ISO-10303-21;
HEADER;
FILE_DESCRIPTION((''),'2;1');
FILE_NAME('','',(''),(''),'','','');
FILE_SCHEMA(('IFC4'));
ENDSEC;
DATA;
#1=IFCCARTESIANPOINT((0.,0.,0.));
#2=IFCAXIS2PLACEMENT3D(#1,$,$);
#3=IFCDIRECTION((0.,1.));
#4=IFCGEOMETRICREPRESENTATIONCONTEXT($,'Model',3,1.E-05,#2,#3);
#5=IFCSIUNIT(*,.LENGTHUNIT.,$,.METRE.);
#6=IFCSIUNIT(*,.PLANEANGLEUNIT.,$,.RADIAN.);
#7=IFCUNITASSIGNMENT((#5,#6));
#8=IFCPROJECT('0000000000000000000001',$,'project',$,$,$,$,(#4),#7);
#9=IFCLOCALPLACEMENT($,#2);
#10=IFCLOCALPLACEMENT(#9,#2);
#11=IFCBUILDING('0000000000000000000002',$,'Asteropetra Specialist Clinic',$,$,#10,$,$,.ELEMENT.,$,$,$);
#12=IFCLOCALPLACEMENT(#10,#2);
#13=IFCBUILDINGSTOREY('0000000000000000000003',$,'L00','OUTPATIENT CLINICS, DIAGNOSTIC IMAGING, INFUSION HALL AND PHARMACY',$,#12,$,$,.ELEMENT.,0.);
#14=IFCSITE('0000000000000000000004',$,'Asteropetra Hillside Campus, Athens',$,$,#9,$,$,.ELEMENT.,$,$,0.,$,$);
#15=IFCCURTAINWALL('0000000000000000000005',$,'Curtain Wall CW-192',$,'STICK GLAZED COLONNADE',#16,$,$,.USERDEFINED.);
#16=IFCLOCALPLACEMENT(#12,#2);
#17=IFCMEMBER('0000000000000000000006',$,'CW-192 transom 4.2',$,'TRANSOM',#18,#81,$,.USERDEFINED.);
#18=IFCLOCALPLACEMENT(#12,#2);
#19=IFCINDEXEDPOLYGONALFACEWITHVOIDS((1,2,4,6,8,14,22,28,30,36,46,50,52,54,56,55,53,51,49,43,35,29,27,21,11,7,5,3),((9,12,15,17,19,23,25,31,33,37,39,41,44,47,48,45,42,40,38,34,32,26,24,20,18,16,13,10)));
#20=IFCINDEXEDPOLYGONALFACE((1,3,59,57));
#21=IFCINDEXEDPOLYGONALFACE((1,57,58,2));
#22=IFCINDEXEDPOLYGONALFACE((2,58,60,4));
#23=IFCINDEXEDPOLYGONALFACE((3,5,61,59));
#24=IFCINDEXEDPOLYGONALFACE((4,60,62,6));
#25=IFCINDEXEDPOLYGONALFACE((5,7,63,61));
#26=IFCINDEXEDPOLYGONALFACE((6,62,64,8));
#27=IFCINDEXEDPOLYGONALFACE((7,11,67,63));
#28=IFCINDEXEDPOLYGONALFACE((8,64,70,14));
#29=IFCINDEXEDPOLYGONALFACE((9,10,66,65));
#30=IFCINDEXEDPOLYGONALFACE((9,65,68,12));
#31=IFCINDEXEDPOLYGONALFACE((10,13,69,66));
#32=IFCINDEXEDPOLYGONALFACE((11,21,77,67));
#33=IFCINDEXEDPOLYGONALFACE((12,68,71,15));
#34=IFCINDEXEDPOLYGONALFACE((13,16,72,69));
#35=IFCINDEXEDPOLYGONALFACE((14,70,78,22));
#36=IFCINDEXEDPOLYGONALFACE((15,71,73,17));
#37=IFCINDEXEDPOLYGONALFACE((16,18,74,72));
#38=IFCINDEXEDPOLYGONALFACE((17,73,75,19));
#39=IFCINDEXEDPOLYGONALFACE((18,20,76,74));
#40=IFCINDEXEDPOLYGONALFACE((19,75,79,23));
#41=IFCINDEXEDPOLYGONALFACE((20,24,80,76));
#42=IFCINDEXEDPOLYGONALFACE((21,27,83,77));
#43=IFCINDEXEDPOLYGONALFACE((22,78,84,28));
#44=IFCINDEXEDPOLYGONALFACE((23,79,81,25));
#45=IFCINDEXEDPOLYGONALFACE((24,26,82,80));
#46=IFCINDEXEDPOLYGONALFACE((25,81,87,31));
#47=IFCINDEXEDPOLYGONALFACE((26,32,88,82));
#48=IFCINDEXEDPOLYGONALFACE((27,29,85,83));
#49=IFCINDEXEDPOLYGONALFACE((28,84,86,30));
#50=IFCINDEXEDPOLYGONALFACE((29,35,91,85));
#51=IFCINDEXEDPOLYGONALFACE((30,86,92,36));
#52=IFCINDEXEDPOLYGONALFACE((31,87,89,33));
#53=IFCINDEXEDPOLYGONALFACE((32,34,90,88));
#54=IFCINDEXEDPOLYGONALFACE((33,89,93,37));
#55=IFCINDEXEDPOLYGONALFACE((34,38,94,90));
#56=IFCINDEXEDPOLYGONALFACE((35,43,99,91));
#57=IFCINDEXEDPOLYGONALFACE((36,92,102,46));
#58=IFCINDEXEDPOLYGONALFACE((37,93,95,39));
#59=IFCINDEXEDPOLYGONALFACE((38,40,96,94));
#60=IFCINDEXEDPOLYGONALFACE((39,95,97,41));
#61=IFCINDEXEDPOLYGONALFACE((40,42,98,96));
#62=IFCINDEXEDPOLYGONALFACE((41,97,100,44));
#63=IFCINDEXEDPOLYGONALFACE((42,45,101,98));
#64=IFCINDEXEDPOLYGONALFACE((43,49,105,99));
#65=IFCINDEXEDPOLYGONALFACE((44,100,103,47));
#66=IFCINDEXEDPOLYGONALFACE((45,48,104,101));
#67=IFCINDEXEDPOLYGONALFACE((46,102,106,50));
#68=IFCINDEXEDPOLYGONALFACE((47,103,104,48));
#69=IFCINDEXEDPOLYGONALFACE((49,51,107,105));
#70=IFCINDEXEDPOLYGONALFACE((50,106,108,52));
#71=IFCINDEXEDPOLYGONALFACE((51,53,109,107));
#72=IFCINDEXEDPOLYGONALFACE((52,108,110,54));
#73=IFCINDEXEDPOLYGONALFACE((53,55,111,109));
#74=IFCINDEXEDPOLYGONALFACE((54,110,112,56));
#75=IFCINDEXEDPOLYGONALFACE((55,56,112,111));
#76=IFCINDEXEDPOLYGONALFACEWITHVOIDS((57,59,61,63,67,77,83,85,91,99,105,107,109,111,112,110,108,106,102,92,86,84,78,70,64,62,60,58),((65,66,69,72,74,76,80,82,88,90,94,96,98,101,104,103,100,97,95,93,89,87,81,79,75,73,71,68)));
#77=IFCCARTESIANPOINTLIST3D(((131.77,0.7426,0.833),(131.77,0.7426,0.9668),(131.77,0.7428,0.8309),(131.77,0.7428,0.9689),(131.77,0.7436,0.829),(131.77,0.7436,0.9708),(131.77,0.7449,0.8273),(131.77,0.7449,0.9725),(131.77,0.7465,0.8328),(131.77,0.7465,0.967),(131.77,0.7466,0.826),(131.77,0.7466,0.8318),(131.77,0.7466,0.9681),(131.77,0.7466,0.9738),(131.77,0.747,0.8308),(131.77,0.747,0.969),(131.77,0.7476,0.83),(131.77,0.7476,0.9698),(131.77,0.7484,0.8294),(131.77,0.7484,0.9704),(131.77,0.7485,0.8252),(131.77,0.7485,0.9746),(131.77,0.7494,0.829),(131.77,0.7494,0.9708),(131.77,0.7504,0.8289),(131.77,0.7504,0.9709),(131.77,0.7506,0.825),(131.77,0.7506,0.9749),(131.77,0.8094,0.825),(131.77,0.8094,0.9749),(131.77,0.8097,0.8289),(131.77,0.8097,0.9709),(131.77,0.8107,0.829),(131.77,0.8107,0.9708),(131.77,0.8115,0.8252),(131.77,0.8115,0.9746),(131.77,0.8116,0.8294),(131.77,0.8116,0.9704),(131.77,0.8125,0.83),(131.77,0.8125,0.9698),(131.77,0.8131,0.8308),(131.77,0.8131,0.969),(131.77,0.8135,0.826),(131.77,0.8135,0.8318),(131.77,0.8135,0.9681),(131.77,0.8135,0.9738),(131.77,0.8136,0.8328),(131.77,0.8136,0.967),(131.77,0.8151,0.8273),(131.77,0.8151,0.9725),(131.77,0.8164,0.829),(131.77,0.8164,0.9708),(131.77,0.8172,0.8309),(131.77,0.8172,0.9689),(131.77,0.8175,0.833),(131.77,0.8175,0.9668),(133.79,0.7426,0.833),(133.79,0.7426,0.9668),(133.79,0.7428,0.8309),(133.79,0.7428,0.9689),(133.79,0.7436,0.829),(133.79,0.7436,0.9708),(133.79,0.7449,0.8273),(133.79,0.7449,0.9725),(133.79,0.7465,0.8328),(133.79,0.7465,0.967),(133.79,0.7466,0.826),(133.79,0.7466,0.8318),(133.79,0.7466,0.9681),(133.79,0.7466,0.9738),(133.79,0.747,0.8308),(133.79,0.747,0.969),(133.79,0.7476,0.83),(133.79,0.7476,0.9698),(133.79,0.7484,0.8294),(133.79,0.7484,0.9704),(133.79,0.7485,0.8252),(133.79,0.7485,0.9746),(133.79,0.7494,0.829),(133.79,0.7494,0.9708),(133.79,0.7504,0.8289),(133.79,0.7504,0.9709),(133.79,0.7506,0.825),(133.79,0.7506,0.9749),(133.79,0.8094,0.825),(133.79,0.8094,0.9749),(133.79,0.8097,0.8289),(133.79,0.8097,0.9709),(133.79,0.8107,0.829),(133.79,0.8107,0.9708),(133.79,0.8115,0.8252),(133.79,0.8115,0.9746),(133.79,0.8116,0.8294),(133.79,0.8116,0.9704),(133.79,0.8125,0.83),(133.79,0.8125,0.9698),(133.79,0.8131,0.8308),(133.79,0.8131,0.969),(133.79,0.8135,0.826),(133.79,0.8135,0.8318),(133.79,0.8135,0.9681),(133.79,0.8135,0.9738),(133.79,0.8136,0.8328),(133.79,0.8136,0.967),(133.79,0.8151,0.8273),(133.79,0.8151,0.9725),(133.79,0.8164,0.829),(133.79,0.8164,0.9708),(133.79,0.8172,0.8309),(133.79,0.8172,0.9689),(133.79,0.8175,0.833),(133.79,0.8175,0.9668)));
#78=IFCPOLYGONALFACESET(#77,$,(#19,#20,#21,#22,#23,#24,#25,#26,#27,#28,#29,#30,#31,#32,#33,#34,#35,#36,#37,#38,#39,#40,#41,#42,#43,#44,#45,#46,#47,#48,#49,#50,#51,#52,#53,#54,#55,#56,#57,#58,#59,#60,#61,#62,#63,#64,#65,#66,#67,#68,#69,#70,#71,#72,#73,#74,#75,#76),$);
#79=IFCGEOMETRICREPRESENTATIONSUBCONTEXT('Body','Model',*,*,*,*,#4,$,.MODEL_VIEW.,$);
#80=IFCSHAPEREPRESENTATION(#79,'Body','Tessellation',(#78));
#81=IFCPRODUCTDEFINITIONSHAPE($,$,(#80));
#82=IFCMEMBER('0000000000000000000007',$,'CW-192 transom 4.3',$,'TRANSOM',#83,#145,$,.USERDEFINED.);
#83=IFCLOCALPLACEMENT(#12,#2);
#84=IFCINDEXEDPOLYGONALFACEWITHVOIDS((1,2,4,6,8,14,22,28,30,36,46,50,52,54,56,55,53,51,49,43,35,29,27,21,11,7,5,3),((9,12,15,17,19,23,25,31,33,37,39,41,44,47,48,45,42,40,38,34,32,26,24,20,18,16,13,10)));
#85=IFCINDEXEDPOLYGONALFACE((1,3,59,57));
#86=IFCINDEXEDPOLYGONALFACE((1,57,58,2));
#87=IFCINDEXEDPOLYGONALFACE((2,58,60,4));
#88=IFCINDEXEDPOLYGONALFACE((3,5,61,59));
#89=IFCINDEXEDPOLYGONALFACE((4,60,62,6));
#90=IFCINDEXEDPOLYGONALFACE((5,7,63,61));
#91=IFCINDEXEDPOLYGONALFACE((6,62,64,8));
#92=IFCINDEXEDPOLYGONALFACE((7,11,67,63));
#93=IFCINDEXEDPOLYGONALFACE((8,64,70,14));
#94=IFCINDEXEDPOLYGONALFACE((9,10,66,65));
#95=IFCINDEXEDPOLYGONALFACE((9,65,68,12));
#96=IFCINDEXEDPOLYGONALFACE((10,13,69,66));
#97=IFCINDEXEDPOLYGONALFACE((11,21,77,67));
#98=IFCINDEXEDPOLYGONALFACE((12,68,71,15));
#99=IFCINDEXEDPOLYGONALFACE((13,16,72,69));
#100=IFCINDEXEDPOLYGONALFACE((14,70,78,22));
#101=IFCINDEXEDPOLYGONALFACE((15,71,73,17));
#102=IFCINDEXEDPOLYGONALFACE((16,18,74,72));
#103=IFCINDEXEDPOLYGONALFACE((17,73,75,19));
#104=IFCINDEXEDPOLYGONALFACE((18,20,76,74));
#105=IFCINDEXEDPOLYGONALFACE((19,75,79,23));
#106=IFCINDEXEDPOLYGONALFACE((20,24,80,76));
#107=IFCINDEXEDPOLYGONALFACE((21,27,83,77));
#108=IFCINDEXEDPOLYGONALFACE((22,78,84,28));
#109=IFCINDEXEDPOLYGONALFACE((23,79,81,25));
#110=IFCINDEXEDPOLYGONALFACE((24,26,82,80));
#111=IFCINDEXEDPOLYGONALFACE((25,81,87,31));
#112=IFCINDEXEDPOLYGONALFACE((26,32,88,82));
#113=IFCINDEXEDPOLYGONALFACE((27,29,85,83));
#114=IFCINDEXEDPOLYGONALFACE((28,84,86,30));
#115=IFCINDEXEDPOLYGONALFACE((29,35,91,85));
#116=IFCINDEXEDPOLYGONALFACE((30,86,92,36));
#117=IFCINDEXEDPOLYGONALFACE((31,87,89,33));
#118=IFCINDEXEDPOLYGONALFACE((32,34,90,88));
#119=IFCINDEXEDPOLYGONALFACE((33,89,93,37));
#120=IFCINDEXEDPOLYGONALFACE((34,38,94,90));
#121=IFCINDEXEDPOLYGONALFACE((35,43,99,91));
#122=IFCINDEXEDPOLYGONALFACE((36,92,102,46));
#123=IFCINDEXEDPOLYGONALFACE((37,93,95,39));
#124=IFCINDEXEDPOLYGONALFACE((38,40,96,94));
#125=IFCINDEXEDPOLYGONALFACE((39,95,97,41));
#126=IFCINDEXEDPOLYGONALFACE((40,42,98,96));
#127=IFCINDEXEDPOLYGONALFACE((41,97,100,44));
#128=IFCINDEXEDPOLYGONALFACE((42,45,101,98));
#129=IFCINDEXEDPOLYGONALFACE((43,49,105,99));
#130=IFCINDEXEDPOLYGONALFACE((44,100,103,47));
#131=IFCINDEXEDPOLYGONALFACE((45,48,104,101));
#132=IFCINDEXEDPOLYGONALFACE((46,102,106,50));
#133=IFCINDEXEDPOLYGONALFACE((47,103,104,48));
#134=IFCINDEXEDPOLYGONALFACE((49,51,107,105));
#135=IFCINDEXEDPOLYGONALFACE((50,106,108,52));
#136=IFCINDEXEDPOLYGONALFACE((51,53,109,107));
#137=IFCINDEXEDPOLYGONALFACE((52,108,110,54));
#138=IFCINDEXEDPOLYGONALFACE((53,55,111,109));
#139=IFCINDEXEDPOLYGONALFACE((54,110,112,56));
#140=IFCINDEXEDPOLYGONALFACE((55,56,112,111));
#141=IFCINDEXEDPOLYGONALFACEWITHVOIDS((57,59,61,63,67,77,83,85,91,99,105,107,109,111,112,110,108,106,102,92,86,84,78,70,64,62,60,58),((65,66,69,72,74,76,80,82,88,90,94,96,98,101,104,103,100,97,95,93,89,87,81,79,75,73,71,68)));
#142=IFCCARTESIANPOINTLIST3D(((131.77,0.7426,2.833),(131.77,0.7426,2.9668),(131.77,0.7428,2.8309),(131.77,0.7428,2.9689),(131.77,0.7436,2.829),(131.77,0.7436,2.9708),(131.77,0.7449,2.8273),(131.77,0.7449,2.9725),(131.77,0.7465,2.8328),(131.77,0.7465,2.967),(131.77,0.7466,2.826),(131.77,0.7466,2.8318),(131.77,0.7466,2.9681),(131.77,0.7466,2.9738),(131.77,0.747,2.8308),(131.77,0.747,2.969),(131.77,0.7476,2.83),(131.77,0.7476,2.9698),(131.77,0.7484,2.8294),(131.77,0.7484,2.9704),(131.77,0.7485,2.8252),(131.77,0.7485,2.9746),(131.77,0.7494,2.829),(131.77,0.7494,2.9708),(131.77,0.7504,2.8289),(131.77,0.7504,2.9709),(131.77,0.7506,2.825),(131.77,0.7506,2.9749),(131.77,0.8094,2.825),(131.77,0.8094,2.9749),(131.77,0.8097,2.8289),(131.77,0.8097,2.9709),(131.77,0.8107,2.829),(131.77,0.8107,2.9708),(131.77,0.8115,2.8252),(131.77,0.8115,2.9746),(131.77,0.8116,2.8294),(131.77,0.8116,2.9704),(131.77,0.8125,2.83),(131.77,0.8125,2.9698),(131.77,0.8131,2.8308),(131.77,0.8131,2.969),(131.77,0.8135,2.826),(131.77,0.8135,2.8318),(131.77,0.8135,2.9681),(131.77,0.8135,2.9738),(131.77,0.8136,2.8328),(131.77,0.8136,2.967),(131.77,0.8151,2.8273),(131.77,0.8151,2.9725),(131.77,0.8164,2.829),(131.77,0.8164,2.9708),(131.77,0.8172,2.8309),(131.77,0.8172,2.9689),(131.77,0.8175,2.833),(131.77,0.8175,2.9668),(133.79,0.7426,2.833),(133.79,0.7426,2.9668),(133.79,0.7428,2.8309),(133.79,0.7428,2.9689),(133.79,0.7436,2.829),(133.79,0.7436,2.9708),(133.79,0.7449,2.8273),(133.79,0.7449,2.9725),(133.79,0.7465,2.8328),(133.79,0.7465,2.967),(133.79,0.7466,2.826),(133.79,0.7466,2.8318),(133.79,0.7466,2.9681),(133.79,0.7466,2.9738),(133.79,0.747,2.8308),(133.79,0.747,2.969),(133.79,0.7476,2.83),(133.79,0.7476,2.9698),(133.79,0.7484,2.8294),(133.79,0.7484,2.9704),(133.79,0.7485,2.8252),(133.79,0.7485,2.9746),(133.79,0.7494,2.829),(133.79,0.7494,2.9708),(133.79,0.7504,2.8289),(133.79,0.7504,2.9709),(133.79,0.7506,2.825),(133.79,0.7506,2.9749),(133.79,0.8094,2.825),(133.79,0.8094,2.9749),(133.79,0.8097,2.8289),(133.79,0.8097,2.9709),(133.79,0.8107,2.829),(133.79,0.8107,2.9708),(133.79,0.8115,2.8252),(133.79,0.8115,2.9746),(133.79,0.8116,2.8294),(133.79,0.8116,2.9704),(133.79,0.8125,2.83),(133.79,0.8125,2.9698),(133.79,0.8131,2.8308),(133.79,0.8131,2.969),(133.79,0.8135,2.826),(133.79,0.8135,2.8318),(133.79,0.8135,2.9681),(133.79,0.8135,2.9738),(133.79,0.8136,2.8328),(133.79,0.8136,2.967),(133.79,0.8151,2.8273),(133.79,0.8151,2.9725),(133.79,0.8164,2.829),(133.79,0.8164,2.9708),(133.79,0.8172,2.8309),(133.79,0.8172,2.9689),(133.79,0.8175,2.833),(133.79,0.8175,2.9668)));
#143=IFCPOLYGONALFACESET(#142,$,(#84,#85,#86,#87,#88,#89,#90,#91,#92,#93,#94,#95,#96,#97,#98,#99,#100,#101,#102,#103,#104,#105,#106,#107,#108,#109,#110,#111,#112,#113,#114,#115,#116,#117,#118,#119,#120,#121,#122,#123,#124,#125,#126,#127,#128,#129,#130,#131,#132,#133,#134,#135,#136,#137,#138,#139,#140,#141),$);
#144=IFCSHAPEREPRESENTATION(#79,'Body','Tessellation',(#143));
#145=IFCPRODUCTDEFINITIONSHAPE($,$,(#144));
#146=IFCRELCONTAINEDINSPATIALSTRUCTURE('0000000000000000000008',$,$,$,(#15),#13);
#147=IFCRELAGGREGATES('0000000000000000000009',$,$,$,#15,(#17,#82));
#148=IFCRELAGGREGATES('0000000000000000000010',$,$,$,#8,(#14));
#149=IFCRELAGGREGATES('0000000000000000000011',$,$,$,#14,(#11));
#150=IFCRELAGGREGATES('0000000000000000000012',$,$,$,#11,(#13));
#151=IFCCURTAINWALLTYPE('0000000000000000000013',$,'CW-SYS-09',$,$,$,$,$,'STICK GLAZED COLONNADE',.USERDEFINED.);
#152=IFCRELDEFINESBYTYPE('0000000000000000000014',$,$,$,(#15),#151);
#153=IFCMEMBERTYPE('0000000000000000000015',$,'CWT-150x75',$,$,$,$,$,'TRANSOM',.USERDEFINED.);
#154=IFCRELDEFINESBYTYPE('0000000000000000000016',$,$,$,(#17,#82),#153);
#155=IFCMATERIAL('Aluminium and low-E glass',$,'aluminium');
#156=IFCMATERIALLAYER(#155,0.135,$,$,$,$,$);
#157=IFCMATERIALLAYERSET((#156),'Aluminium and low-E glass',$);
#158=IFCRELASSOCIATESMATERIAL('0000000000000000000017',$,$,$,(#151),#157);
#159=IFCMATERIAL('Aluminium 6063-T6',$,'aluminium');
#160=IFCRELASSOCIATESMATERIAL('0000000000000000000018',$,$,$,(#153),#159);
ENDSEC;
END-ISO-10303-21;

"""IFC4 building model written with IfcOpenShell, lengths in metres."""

from ifc_helpers import new_model, si_unit, direction, frame, origin, origin_2d, place, context, subcontext, project, spatial, hollow_rectangle, extrude, material, layer, layer_set, material_profile, profile_set, type_object, element, aggregate, save


model = new_model("IFC4")

# Units and contexts
model_context = context("Model", 3, precision=1e-05, world=origin(), true_north=direction((0.0, 1.0)))
body_context = subcontext(model_context, "Body", "Model", "MODEL_VIEW")
ifc_project = project(units=[si_unit("LENGTHUNIT", "METRE"), si_unit("PLANEANGLEUNIT", "RADIAN")], contexts=[model_context])

# Site, building, storey
site_placement = place(None, origin())
site = spatial("IfcSite", under=ifc_project, at=site_placement, Name="Asteropetra Hillside Campus, Athens", CompositionType="ELEMENT", RefElevation=0.0)
building_placement = place(site_placement, origin())
building = spatial("IfcBuilding", under=site, at=building_placement, Name="Asteropetra Specialist Clinic", CompositionType="ELEMENT")
storey_placement = place(building_placement, origin())
storey = spatial("IfcBuildingStorey", under=building, at=storey_placement, Name="L00", Description="OUTPATIENT CLINICS, DIAGNOSTIC IMAGING, INFUSION HALL AND PHARMACY", CompositionType="ELEMENT", Elevation=0.0)

# Curtain wall, members
ifc_material_1 = material(Name="Aluminium and low-E glass", Category="aluminium")
ifc_layer_1 = layer(ifc_material_1, 0.135)
ifc_layer_set_1 = layer_set([ifc_layer_1], Name="Aluminium and low-E glass")
curtain_wall_type = type_object("IfcCurtainWallType", Name="CW-SYS-09", ElementType="STICK GLAZED COLONNADE", PredefinedType="USERDEFINED", material=ifc_layer_set_1)
curtain_wall_placement = place(storey_placement, origin())
curtain_wall = element("IfcCurtainWall", 1, at=curtain_wall_placement, inside=storey, type_object=curtain_wall_type, Name="Curtain Wall CW-192", ObjectType="STICK GLAZED COLONNADE", PredefinedType="USERDEFINED")
ifc_material_2 = material(Name="Aluminium 6063-T6", Category="aluminium")
ifc_material_profile_1 = material_profile(ifc_material_2, hollow_rectangle(XDim=0.075, YDim=0.1499, WallThickness=0.0039, InnerFilletRadius=0.0039, OuterFilletRadius=0.0081, at=origin_2d()), Name="TRN 150x75x4.0")
ifc_profile_set_1 = profile_set([ifc_material_profile_1], Name="Aluminium 6063-T6")
member_type_1 = type_object("IfcMemberType", Name="CWT-150x75", ElementType="TRANSOM", PredefinedType="USERDEFINED", material=ifc_profile_set_1)
member_1_placement = place(storey_placement, frame((131.77, 0.78, 0.8999), z_axis=(1.0, 0.0, 0.0), x_axis=(0.0, 1.0, 0.0)))
member_1 = element("IfcMember", 2, at=member_1_placement, type_object=member_type_1, Name="CW-192 transom 4.2", ObjectType="TRANSOM", PredefinedType="USERDEFINED", context=body_context, shape_type="SweptSolid", body=[
    extrude(hollow_rectangle(XDim=0.075, YDim=0.1499, WallThickness=0.0039, InnerFilletRadius=0.0039, OuterFilletRadius=0.0081, at=origin_2d()), origin(), (0.0, 0.0, 1.0), 2.02),
])
member_2_placement = place(storey_placement, frame((131.77, 0.78, 2.8999), z_axis=(1.0, 0.0, 0.0), x_axis=(0.0, 1.0, 0.0)))
member_2 = element("IfcMember", 3, at=member_2_placement, type_object=member_type_1, Name="CW-192 transom 4.3", ObjectType="TRANSOM", PredefinedType="USERDEFINED", context=body_context, shape_type="SweptSolid", body=[
    extrude(hollow_rectangle(XDim=0.075, YDim=0.1499, WallThickness=0.0039, InnerFilletRadius=0.0039, OuterFilletRadius=0.0081, at=origin_2d()), origin(), (0.0, 0.0, 1.0), 2.02),
])
aggregate(curtain_wall, [member_1, member_2])

save(model, "model.ifc")
